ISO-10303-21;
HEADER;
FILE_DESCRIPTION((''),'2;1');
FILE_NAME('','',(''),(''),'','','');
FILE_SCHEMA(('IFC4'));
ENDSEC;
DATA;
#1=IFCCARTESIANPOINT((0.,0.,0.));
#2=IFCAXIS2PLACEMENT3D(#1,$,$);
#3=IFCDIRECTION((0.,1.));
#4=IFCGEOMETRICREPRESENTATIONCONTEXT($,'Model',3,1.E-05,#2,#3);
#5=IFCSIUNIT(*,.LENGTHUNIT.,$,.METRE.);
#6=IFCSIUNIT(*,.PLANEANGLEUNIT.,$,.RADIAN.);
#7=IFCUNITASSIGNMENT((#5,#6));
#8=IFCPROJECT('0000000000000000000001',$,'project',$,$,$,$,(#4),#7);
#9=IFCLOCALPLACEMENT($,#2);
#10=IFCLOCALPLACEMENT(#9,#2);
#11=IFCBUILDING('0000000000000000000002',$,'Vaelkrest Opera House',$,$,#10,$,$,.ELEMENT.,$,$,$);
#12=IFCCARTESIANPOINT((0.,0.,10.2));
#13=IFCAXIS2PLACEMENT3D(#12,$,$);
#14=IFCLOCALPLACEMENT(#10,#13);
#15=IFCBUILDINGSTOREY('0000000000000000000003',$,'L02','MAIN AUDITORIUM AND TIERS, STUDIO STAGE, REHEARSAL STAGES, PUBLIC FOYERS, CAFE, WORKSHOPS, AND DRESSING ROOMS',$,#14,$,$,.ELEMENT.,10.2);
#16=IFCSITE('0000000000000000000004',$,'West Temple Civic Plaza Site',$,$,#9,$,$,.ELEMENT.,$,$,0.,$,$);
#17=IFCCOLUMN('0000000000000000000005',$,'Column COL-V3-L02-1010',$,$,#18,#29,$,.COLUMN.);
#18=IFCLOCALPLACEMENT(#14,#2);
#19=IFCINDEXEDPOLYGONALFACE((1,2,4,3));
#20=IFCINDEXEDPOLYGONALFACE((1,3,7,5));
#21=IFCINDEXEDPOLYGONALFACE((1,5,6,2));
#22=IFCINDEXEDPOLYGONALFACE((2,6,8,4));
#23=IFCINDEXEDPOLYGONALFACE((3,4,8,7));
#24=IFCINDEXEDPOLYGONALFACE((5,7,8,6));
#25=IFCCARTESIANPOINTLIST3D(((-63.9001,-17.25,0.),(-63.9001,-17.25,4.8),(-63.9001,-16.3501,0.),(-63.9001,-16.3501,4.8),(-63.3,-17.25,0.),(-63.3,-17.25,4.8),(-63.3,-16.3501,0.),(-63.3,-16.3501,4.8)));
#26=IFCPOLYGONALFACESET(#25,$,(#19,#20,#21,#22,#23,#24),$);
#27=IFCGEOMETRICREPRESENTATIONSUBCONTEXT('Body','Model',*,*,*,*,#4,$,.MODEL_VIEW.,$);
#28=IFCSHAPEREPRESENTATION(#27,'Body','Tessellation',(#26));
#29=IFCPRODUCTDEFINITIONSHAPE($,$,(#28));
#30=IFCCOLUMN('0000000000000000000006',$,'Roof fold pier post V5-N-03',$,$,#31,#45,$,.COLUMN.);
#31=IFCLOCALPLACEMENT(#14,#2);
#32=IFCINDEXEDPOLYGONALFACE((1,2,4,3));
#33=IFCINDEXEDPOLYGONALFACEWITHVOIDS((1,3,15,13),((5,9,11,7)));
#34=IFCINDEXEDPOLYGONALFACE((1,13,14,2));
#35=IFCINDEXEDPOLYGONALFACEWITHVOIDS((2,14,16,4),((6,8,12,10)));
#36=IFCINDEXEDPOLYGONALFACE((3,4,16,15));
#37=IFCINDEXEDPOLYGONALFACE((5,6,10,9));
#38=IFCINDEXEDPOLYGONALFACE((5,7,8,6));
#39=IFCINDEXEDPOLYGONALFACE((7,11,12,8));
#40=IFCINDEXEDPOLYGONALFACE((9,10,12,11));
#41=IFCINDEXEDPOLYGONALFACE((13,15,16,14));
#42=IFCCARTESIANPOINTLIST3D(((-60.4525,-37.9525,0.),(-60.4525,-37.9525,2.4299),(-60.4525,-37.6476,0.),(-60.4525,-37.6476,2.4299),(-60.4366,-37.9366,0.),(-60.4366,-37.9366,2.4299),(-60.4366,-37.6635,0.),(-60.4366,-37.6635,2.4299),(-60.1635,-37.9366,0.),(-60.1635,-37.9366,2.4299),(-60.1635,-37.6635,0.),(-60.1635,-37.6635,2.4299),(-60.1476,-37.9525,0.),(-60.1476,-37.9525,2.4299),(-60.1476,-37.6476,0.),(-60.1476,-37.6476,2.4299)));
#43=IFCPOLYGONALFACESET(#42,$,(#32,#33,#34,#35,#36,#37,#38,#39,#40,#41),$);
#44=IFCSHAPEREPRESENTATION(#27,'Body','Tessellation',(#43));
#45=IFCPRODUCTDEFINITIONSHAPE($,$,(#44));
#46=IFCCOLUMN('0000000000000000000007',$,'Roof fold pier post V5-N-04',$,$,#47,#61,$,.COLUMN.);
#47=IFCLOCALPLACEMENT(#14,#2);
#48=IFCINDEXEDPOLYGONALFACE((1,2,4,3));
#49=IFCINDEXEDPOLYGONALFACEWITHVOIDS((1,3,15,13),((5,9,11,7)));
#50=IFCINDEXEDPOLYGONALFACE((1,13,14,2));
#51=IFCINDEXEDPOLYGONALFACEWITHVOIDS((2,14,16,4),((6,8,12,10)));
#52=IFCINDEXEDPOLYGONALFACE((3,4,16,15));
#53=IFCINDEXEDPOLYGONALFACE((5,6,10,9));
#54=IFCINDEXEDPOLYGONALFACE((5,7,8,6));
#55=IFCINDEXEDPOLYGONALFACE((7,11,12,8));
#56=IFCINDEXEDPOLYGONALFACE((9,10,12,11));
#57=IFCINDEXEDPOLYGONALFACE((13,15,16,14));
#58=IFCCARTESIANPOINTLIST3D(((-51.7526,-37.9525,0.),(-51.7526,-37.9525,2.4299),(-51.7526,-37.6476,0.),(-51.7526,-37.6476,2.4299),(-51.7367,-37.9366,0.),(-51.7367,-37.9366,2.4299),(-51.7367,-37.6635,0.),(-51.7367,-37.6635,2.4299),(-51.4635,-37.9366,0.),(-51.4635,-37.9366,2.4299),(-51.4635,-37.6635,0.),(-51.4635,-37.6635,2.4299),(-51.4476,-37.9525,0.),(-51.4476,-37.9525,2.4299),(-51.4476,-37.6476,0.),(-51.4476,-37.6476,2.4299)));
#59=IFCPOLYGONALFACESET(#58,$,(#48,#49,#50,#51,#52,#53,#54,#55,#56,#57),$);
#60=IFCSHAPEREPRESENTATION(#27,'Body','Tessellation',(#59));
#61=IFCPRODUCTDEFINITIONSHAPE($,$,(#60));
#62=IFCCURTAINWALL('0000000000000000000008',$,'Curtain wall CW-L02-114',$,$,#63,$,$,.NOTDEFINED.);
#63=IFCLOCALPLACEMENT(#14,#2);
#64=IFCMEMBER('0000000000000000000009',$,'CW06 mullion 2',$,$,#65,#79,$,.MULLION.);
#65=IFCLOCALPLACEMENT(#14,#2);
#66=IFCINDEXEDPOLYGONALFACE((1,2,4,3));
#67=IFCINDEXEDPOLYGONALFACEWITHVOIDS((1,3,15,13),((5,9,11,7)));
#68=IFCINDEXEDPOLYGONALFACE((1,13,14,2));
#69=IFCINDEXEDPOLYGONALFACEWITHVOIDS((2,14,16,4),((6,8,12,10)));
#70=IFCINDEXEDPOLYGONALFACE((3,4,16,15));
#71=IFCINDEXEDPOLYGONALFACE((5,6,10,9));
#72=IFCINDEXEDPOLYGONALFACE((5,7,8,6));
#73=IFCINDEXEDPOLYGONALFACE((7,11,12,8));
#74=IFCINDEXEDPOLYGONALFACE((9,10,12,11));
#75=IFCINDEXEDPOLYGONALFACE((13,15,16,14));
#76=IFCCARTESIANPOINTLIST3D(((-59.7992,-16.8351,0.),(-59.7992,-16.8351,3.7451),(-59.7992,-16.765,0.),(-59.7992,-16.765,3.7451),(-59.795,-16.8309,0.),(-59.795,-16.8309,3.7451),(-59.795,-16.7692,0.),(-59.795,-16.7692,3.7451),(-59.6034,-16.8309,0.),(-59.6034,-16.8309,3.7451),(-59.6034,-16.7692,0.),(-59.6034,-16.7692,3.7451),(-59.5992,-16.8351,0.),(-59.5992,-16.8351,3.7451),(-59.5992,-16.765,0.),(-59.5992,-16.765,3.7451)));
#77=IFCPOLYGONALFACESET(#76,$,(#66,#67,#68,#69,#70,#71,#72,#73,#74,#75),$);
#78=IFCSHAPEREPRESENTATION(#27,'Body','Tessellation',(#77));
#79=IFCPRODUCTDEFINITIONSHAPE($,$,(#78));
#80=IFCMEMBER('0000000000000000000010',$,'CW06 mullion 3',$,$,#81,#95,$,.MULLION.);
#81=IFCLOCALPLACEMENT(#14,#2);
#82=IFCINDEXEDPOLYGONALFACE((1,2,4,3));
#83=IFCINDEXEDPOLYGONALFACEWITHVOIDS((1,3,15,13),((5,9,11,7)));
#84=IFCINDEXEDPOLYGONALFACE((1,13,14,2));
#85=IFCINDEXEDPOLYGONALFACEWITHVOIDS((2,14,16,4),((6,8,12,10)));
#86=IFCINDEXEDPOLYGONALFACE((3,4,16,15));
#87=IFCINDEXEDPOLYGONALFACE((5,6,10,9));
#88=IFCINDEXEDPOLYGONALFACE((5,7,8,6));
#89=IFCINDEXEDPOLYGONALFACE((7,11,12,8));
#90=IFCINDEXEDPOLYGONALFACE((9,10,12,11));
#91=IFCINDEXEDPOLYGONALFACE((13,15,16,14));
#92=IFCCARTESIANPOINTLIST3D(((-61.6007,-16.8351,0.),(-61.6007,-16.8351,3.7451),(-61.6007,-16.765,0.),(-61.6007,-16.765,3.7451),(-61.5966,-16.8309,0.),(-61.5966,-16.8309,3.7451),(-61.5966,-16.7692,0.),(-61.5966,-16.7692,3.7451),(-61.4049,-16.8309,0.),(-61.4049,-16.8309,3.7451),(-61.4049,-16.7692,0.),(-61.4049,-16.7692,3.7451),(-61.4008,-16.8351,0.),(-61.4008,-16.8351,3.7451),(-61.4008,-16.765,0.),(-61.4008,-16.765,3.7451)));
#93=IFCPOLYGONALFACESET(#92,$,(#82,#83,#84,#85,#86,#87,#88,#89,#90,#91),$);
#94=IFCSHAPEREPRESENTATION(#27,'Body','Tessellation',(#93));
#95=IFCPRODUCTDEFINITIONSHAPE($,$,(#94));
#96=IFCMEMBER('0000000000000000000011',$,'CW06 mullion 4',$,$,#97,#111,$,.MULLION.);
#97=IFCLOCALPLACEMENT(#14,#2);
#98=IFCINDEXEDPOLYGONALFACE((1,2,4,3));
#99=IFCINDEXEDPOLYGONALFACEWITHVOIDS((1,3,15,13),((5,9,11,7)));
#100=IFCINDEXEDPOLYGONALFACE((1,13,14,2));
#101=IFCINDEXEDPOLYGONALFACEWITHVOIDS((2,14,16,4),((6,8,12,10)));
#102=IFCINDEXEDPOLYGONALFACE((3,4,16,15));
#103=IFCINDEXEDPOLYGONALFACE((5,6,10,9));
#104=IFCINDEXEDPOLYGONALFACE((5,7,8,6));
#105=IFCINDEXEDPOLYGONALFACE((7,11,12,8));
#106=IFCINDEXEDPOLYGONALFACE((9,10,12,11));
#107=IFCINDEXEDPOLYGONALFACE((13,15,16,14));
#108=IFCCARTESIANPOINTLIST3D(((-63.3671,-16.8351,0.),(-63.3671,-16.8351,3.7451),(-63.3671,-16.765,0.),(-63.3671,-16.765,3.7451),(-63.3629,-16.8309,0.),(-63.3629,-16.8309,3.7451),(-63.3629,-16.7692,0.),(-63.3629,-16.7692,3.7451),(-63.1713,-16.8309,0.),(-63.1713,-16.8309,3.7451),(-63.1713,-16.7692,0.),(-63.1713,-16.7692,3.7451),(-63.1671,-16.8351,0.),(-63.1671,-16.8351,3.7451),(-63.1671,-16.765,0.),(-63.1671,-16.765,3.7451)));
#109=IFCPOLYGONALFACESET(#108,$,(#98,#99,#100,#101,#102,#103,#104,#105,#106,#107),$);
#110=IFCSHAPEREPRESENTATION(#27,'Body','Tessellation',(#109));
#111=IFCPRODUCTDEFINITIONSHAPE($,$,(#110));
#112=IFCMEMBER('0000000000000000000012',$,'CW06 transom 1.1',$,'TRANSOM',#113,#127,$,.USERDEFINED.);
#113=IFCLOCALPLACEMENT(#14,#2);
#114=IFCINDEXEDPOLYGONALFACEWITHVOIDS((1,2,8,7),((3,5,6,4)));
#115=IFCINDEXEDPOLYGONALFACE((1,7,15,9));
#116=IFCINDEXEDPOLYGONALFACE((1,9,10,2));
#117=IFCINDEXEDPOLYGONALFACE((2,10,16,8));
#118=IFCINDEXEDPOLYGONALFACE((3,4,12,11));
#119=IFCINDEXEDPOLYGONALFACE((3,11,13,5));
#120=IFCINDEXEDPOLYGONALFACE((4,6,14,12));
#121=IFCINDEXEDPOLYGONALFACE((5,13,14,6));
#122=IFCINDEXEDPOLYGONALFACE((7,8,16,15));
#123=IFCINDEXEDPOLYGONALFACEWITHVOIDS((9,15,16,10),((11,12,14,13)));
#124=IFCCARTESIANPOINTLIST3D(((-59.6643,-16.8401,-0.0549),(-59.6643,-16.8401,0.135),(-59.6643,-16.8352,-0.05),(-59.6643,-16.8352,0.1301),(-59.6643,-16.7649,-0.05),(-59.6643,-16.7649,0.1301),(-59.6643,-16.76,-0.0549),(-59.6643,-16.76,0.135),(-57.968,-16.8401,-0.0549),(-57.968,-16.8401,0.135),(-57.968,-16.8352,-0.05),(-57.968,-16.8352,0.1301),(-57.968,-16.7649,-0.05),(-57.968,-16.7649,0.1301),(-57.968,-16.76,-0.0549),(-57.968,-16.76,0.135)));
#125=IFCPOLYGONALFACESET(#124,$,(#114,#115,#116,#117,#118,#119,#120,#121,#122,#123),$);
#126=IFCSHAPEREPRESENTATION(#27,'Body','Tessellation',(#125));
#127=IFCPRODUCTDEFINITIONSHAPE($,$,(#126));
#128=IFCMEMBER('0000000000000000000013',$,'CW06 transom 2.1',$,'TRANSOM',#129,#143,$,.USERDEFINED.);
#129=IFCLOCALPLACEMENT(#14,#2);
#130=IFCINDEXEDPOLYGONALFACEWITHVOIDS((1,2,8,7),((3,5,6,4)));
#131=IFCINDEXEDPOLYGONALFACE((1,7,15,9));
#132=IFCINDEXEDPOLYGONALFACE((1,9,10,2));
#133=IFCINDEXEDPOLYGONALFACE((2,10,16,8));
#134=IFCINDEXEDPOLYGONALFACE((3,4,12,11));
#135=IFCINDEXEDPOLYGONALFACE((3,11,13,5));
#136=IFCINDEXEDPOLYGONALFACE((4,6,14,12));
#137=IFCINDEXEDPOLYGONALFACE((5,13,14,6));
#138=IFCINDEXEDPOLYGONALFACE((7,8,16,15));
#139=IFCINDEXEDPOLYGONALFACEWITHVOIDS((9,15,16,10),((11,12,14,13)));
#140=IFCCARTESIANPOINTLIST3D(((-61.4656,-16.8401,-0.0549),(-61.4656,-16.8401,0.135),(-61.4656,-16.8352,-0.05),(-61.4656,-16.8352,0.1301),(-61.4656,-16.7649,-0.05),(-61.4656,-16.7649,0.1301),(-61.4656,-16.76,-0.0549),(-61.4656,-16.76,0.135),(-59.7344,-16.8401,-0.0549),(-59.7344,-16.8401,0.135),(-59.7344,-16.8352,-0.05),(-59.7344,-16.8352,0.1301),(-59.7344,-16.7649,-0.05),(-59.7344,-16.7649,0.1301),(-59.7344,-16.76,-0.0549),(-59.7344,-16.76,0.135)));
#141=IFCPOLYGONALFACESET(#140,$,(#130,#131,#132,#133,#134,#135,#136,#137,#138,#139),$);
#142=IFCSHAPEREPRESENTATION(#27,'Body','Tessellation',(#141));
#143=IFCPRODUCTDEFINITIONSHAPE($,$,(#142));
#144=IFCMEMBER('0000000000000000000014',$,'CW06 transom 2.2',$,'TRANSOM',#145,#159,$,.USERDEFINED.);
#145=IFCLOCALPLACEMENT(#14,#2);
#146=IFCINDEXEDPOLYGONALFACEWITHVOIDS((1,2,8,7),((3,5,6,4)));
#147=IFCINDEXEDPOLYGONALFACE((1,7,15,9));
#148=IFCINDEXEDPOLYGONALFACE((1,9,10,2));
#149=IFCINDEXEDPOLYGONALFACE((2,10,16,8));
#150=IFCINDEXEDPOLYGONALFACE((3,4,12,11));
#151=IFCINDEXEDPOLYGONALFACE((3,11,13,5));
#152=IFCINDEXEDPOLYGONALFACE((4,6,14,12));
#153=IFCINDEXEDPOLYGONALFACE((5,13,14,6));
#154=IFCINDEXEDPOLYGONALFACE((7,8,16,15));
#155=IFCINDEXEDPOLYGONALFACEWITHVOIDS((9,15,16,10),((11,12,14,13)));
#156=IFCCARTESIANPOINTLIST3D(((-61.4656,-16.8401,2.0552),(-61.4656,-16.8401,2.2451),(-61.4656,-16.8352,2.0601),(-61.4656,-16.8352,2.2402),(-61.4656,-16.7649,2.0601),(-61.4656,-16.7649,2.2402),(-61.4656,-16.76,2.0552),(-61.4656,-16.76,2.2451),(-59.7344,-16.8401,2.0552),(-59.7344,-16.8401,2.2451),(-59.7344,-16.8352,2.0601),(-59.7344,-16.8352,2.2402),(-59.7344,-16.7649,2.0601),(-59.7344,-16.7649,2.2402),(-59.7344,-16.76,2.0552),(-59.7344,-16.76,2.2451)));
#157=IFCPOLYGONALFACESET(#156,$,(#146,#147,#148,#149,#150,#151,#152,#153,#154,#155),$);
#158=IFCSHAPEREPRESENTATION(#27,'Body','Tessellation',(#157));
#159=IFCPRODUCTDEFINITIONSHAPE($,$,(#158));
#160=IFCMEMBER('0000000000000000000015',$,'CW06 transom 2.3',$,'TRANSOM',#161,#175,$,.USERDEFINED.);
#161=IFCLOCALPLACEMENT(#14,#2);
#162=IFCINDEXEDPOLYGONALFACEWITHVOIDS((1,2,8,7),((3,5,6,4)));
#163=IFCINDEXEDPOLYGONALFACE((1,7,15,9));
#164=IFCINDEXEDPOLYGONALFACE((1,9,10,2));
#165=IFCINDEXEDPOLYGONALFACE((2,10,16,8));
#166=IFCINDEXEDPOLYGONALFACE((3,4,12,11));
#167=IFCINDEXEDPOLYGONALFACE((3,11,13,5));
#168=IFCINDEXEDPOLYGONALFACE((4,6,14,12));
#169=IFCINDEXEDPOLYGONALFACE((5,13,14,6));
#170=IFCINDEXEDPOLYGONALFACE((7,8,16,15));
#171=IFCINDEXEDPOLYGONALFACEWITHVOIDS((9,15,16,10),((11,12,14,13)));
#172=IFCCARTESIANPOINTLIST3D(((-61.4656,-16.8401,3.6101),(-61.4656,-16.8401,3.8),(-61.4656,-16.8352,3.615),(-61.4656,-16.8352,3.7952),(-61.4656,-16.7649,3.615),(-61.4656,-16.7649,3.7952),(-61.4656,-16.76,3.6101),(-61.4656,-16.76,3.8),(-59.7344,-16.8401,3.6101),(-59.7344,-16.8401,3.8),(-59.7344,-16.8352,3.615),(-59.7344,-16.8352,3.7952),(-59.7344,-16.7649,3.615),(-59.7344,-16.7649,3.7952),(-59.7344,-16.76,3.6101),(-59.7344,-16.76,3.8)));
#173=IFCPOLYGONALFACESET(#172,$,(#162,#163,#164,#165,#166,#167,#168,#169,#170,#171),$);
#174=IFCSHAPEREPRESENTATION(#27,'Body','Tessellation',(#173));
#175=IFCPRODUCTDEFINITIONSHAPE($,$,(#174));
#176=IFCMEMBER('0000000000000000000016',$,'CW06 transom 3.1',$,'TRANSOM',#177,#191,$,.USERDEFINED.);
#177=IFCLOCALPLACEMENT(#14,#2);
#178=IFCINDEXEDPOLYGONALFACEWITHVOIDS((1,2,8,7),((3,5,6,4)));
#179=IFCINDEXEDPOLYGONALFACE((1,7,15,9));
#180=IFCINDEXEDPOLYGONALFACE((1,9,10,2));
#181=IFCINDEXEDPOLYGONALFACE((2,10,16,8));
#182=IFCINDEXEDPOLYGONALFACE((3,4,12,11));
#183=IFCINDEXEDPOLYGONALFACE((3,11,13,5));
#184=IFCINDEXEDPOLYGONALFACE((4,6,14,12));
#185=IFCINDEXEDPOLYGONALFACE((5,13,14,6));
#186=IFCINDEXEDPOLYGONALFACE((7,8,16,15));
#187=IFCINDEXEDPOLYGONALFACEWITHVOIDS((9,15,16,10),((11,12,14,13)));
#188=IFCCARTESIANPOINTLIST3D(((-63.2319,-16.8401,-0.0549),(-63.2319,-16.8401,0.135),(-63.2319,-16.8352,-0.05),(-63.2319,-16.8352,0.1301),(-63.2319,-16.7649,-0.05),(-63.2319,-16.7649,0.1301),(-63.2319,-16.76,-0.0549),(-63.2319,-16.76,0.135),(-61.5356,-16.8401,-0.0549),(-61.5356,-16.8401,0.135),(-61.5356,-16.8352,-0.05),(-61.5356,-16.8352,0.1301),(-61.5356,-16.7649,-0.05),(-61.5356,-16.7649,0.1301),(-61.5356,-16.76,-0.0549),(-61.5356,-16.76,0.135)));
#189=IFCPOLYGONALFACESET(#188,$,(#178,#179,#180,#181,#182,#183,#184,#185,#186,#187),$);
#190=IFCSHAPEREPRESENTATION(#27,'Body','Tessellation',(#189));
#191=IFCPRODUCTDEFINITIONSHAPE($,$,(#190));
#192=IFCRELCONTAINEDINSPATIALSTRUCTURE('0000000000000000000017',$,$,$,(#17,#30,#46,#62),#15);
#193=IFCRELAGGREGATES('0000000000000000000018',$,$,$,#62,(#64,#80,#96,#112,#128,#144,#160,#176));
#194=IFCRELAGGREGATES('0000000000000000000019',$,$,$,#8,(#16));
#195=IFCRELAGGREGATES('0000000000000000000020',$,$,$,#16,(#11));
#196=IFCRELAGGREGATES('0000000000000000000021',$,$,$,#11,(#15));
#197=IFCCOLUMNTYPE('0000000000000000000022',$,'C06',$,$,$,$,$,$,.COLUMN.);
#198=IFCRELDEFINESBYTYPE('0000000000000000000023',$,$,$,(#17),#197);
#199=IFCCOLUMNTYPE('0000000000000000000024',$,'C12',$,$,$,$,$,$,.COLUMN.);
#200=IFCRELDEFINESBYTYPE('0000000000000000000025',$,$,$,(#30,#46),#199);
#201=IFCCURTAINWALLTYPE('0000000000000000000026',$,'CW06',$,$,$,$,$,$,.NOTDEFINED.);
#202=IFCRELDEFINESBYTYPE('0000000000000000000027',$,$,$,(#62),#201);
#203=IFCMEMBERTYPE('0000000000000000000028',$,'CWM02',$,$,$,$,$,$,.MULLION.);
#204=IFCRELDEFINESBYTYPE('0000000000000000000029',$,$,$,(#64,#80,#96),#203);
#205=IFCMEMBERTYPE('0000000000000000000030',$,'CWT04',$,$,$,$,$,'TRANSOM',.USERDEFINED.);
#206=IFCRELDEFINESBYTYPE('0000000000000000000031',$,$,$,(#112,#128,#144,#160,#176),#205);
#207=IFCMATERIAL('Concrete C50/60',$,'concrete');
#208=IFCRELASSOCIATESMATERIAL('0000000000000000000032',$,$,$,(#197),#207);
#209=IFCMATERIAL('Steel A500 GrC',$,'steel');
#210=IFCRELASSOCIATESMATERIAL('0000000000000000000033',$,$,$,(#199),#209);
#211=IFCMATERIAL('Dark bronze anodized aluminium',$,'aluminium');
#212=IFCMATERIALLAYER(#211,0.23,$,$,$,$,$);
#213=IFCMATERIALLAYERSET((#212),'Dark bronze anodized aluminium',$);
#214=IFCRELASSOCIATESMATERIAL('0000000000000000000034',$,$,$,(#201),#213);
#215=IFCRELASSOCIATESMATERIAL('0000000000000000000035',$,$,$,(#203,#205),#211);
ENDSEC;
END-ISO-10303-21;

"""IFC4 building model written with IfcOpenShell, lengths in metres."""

from ifc_helpers import new_model, si_unit, direction, frame, origin, origin_2d, place, context, subcontext, project, spatial, rectangle, hollow_rectangle, extrude, material, layer, layer_set, material_profile, profile_set, type_object, element, aggregate, save


model = new_model("IFC4")

# Units and contexts
model_context = context("Model", 3, precision=1e-05, world=origin(), true_north=direction((0.0, 1.0)))
body_context = subcontext(model_context, "Body", "Model", "MODEL_VIEW")
ifc_project = project(units=[si_unit("LENGTHUNIT", "METRE"), si_unit("PLANEANGLEUNIT", "RADIAN")], contexts=[model_context])

# Site, building, storey
site_placement = place(None, origin())
site = spatial("IfcSite", under=ifc_project, at=site_placement, Name="West Temple Civic Plaza Site", CompositionType="ELEMENT", RefElevation=0.0)
building_placement = place(site_placement, origin())
building = spatial("IfcBuilding", under=site, at=building_placement, Name="Vaelkrest Opera House", CompositionType="ELEMENT")
storey_placement = place(building_placement, frame((0.0, 0.0, 10.2)))
storey = spatial("IfcBuildingStorey", under=building, at=storey_placement, Name="L02", Description="MAIN AUDITORIUM AND TIERS, STUDIO STAGE, REHEARSAL STAGES, PUBLIC FOYERS, CAFE, WORKSHOPS, AND DRESSING ROOMS", CompositionType="ELEMENT", Elevation=10.2)

# Columns
ifc_material_1 = material(Name="Concrete C50/60", Category="concrete")
ifc_material_profile_1 = material_profile(ifc_material_1, rectangle(XDim=0.6001, YDim=0.8999, at=origin_2d()), Name="RC600X900")
ifc_profile_set_1 = profile_set([ifc_material_profile_1], Name="Concrete C50/60")
column_type_1 = type_object("IfcColumnType", Name="C06", PredefinedType="COLUMN", material=ifc_profile_set_1)
column_placement = place(storey_placement, frame((-63.6001, -16.8, 0.0), z_axis=(0.0, 0.0, 1.0), x_axis=(1.0, 0.0, 0.0)))
element("IfcColumn", 1, at=column_placement, inside=storey, type_object=column_type_1, Name="Column COL-V3-L02-1010", PredefinedType="COLUMN", context=body_context, shape_type="SweptSolid", body=[
    extrude(rectangle(XDim=0.6001, YDim=0.8999, at=origin_2d()), origin(), (0.0, 0.0, 1.0), 4.8),
])
ifc_material_2 = material(Name="Steel A500 GrC", Category="steel")
ifc_material_profile_2 = material_profile(ifc_material_2, hollow_rectangle(XDim=0.3049, YDim=0.3049, WallThickness=0.0159, at=origin_2d()), Name="HSS305X305X15.9")
ifc_profile_set_2 = profile_set([ifc_material_profile_2], Name="Steel A500 GrC")
column_type_2 = type_object("IfcColumnType", Name="C12", PredefinedType="COLUMN", material=ifc_profile_set_2)
for number, where, z_axis, x_axis, name in (
    (2, (-60.3, -37.8, 0.0), (0.0, 0.0, 1.0), (1.0, 0.0, 0.0), "Roof fold pier post V5-N-03"),
    (3, (-51.6001, -37.8, 0.0), (0.0, 0.0, 1.0), (1.0, 0.0, 0.0), "Roof fold pier post V5-N-04"),
):
    element("IfcColumn", number, at=place(storey_placement, frame(where, z_axis=z_axis, x_axis=x_axis)), inside=storey, type_object=column_type_2, Name=name, PredefinedType="COLUMN", context=body_context, shape_type="SweptSolid", body=[
        extrude(hollow_rectangle(XDim=0.3049, YDim=0.3049, WallThickness=0.0159, at=origin_2d()), origin(), (0.0, 0.0, 1.0), 2.4299),
    ])

# Curtain wall, members
ifc_material_3 = material(Name="Dark bronze anodized aluminium", Category="aluminium")
ifc_layer_1 = layer(ifc_material_3, 0.23)
ifc_layer_set_1 = layer_set([ifc_layer_1], Name="Dark bronze anodized aluminium")
curtain_wall_type = type_object("IfcCurtainWallType", Name="CW06", PredefinedType="NOTDEFINED", material=ifc_layer_set_1)
curtain_wall_placement = place(storey_placement, origin())
curtain_wall = element("IfcCurtainWall", 4, at=curtain_wall_placement, inside=storey, type_object=curtain_wall_type, Name="Curtain wall CW-L02-114", PredefinedType="NOTDEFINED")
ifc_material_profile_3 = material_profile(ifc_material_3, hollow_rectangle(XDim=0.0701, YDim=0.2, WallThickness=0.0042, at=origin_2d()), Name="CWM70X200")
ifc_profile_set_3 = profile_set([ifc_material_profile_3], Name="Dark bronze anodized aluminium")
member_type_1 = type_object("IfcMemberType", Name="CWM02", PredefinedType="MULLION", material=ifc_profile_set_3)
member_1_placement = place(storey_placement, frame((-59.6992, -16.8, 0.0), z_axis=(0.0, 0.0, 1.0), x_axis=(0.0, -1.0, 0.0)))
member_1 = element("IfcMember", 5, at=member_1_placement, type_object=member_type_1, Name="CW06 mullion 2", PredefinedType="MULLION", context=body_context, shape_type="SweptSolid", body=[
    extrude(hollow_rectangle(XDim=0.0701, YDim=0.2, WallThickness=0.0042, at=origin_2d()), origin(), (0.0, 0.0, 1.0), 3.7451),
])
member_2_placement = place(storey_placement, frame((-61.5007, -16.8, 0.0), z_axis=(0.0, 0.0, 1.0), x_axis=(0.0, -1.0, 0.0)))
member_2 = element("IfcMember", 6, at=member_2_placement, type_object=member_type_1, Name="CW06 mullion 3", PredefinedType="MULLION", context=body_context, shape_type="SweptSolid", body=[
    extrude(hollow_rectangle(XDim=0.0701, YDim=0.2, WallThickness=0.0042, at=origin_2d()), origin(), (0.0, 0.0, 1.0), 3.7451),
])
member_3_placement = place(storey_placement, frame((-63.2671, -16.8, 0.0), z_axis=(0.0, 0.0, 1.0), x_axis=(0.0, -1.0, 0.0)))
member_3 = element("IfcMember", 7, at=member_3_placement, type_object=member_type_1, Name="CW06 mullion 4", PredefinedType="MULLION", context=body_context, shape_type="SweptSolid", body=[
    extrude(hollow_rectangle(XDim=0.0701, YDim=0.2, WallThickness=0.0042, at=origin_2d()), origin(), (0.0, 0.0, 1.0), 3.7451),
])
ifc_material_profile_4 = material_profile(ifc_material_3, hollow_rectangle(XDim=0.0801, YDim=0.1899, WallThickness=0.0049, at=origin_2d()), Name="CWT80X190")
ifc_profile_set_4 = profile_set([ifc_material_profile_4], Name="Dark bronze anodized aluminium")
member_type_2 = type_object("IfcMemberType", Name="CWT04", ElementType="TRANSOM", PredefinedType="USERDEFINED", material=ifc_profile_set_4)
member_4_placement = place(storey_placement, frame((-57.968, -16.8, 0.04), z_axis=(-1.0, 0.0, 0.0), x_axis=(0.0, -1.0, 0.0)))
member_4 = element("IfcMember", 8, at=member_4_placement, type_object=member_type_2, Name="CW06 transom 1.1", ObjectType="TRANSOM", PredefinedType="USERDEFINED", context=body_context, shape_type="SweptSolid", body=[
    extrude(hollow_rectangle(XDim=0.0801, YDim=0.1899, WallThickness=0.0049, at=origin_2d()), origin(), (0.0, 0.0, 1.0), 1.6963),
])
member_5_placement = place(storey_placement, frame((-59.7344, -16.8, 0.04), z_axis=(-1.0, 0.0, 0.0), x_axis=(0.0, -1.0, 0.0)))
member_5 = element("IfcMember", 9, at=member_5_placement, type_object=member_type_2, Name="CW06 transom 2.1", ObjectType="TRANSOM", PredefinedType="USERDEFINED", context=body_context, shape_type="SweptSolid", body=[
    extrude(hollow_rectangle(XDim=0.0801, YDim=0.1899, WallThickness=0.0049, at=origin_2d()), origin(), (0.0, 0.0, 1.0), 1.7312),
])
member_6_placement = place(storey_placement, frame((-59.7344, -16.8, 2.1501), z_axis=(-1.0, 0.0, 0.0), x_axis=(0.0, -1.0, 0.0)))
member_6 = element("IfcMember", 10, at=member_6_placement, type_object=member_type_2, Name="CW06 transom 2.2", ObjectType="TRANSOM", PredefinedType="USERDEFINED", context=body_context, shape_type="SweptSolid", body=[
    extrude(hollow_rectangle(XDim=0.0801, YDim=0.1899, WallThickness=0.0049, at=origin_2d()), origin(), (0.0, 0.0, 1.0), 1.7312),
])
member_7_placement = place(storey_placement, frame((-59.7344, -16.8, 3.7051), z_axis=(-1.0, 0.0, 0.0), x_axis=(0.0, -1.0, 0.0)))
member_7 = element("IfcMember", 11, at=member_7_placement, type_object=member_type_2, Name="CW06 transom 2.3", ObjectType="TRANSOM", PredefinedType="USERDEFINED", context=body_context, shape_type="SweptSolid", body=[
    extrude(hollow_rectangle(XDim=0.0801, YDim=0.1899, WallThickness=0.0049, at=origin_2d()), origin(), (0.0, 0.0, 1.0), 1.7312),
])
member_8_placement = place(storey_placement, frame((-61.5356, -16.8, 0.04), z_axis=(-1.0, 0.0, 0.0), x_axis=(0.0, -1.0, 0.0)))
member_8 = element("IfcMember", 12, at=member_8_placement, type_object=member_type_2, Name="CW06 transom 3.1", ObjectType="TRANSOM", PredefinedType="USERDEFINED", context=body_context, shape_type="SweptSolid", body=[
    extrude(hollow_rectangle(XDim=0.0801, YDim=0.1899, WallThickness=0.0049, at=origin_2d()), origin(), (0.0, 0.0, 1.0), 1.6963),
])

aggregate(curtain_wall, [member_1, member_2, member_3, member_4, member_5, member_6, member_7, member_8])

save(model, "model.ifc")
